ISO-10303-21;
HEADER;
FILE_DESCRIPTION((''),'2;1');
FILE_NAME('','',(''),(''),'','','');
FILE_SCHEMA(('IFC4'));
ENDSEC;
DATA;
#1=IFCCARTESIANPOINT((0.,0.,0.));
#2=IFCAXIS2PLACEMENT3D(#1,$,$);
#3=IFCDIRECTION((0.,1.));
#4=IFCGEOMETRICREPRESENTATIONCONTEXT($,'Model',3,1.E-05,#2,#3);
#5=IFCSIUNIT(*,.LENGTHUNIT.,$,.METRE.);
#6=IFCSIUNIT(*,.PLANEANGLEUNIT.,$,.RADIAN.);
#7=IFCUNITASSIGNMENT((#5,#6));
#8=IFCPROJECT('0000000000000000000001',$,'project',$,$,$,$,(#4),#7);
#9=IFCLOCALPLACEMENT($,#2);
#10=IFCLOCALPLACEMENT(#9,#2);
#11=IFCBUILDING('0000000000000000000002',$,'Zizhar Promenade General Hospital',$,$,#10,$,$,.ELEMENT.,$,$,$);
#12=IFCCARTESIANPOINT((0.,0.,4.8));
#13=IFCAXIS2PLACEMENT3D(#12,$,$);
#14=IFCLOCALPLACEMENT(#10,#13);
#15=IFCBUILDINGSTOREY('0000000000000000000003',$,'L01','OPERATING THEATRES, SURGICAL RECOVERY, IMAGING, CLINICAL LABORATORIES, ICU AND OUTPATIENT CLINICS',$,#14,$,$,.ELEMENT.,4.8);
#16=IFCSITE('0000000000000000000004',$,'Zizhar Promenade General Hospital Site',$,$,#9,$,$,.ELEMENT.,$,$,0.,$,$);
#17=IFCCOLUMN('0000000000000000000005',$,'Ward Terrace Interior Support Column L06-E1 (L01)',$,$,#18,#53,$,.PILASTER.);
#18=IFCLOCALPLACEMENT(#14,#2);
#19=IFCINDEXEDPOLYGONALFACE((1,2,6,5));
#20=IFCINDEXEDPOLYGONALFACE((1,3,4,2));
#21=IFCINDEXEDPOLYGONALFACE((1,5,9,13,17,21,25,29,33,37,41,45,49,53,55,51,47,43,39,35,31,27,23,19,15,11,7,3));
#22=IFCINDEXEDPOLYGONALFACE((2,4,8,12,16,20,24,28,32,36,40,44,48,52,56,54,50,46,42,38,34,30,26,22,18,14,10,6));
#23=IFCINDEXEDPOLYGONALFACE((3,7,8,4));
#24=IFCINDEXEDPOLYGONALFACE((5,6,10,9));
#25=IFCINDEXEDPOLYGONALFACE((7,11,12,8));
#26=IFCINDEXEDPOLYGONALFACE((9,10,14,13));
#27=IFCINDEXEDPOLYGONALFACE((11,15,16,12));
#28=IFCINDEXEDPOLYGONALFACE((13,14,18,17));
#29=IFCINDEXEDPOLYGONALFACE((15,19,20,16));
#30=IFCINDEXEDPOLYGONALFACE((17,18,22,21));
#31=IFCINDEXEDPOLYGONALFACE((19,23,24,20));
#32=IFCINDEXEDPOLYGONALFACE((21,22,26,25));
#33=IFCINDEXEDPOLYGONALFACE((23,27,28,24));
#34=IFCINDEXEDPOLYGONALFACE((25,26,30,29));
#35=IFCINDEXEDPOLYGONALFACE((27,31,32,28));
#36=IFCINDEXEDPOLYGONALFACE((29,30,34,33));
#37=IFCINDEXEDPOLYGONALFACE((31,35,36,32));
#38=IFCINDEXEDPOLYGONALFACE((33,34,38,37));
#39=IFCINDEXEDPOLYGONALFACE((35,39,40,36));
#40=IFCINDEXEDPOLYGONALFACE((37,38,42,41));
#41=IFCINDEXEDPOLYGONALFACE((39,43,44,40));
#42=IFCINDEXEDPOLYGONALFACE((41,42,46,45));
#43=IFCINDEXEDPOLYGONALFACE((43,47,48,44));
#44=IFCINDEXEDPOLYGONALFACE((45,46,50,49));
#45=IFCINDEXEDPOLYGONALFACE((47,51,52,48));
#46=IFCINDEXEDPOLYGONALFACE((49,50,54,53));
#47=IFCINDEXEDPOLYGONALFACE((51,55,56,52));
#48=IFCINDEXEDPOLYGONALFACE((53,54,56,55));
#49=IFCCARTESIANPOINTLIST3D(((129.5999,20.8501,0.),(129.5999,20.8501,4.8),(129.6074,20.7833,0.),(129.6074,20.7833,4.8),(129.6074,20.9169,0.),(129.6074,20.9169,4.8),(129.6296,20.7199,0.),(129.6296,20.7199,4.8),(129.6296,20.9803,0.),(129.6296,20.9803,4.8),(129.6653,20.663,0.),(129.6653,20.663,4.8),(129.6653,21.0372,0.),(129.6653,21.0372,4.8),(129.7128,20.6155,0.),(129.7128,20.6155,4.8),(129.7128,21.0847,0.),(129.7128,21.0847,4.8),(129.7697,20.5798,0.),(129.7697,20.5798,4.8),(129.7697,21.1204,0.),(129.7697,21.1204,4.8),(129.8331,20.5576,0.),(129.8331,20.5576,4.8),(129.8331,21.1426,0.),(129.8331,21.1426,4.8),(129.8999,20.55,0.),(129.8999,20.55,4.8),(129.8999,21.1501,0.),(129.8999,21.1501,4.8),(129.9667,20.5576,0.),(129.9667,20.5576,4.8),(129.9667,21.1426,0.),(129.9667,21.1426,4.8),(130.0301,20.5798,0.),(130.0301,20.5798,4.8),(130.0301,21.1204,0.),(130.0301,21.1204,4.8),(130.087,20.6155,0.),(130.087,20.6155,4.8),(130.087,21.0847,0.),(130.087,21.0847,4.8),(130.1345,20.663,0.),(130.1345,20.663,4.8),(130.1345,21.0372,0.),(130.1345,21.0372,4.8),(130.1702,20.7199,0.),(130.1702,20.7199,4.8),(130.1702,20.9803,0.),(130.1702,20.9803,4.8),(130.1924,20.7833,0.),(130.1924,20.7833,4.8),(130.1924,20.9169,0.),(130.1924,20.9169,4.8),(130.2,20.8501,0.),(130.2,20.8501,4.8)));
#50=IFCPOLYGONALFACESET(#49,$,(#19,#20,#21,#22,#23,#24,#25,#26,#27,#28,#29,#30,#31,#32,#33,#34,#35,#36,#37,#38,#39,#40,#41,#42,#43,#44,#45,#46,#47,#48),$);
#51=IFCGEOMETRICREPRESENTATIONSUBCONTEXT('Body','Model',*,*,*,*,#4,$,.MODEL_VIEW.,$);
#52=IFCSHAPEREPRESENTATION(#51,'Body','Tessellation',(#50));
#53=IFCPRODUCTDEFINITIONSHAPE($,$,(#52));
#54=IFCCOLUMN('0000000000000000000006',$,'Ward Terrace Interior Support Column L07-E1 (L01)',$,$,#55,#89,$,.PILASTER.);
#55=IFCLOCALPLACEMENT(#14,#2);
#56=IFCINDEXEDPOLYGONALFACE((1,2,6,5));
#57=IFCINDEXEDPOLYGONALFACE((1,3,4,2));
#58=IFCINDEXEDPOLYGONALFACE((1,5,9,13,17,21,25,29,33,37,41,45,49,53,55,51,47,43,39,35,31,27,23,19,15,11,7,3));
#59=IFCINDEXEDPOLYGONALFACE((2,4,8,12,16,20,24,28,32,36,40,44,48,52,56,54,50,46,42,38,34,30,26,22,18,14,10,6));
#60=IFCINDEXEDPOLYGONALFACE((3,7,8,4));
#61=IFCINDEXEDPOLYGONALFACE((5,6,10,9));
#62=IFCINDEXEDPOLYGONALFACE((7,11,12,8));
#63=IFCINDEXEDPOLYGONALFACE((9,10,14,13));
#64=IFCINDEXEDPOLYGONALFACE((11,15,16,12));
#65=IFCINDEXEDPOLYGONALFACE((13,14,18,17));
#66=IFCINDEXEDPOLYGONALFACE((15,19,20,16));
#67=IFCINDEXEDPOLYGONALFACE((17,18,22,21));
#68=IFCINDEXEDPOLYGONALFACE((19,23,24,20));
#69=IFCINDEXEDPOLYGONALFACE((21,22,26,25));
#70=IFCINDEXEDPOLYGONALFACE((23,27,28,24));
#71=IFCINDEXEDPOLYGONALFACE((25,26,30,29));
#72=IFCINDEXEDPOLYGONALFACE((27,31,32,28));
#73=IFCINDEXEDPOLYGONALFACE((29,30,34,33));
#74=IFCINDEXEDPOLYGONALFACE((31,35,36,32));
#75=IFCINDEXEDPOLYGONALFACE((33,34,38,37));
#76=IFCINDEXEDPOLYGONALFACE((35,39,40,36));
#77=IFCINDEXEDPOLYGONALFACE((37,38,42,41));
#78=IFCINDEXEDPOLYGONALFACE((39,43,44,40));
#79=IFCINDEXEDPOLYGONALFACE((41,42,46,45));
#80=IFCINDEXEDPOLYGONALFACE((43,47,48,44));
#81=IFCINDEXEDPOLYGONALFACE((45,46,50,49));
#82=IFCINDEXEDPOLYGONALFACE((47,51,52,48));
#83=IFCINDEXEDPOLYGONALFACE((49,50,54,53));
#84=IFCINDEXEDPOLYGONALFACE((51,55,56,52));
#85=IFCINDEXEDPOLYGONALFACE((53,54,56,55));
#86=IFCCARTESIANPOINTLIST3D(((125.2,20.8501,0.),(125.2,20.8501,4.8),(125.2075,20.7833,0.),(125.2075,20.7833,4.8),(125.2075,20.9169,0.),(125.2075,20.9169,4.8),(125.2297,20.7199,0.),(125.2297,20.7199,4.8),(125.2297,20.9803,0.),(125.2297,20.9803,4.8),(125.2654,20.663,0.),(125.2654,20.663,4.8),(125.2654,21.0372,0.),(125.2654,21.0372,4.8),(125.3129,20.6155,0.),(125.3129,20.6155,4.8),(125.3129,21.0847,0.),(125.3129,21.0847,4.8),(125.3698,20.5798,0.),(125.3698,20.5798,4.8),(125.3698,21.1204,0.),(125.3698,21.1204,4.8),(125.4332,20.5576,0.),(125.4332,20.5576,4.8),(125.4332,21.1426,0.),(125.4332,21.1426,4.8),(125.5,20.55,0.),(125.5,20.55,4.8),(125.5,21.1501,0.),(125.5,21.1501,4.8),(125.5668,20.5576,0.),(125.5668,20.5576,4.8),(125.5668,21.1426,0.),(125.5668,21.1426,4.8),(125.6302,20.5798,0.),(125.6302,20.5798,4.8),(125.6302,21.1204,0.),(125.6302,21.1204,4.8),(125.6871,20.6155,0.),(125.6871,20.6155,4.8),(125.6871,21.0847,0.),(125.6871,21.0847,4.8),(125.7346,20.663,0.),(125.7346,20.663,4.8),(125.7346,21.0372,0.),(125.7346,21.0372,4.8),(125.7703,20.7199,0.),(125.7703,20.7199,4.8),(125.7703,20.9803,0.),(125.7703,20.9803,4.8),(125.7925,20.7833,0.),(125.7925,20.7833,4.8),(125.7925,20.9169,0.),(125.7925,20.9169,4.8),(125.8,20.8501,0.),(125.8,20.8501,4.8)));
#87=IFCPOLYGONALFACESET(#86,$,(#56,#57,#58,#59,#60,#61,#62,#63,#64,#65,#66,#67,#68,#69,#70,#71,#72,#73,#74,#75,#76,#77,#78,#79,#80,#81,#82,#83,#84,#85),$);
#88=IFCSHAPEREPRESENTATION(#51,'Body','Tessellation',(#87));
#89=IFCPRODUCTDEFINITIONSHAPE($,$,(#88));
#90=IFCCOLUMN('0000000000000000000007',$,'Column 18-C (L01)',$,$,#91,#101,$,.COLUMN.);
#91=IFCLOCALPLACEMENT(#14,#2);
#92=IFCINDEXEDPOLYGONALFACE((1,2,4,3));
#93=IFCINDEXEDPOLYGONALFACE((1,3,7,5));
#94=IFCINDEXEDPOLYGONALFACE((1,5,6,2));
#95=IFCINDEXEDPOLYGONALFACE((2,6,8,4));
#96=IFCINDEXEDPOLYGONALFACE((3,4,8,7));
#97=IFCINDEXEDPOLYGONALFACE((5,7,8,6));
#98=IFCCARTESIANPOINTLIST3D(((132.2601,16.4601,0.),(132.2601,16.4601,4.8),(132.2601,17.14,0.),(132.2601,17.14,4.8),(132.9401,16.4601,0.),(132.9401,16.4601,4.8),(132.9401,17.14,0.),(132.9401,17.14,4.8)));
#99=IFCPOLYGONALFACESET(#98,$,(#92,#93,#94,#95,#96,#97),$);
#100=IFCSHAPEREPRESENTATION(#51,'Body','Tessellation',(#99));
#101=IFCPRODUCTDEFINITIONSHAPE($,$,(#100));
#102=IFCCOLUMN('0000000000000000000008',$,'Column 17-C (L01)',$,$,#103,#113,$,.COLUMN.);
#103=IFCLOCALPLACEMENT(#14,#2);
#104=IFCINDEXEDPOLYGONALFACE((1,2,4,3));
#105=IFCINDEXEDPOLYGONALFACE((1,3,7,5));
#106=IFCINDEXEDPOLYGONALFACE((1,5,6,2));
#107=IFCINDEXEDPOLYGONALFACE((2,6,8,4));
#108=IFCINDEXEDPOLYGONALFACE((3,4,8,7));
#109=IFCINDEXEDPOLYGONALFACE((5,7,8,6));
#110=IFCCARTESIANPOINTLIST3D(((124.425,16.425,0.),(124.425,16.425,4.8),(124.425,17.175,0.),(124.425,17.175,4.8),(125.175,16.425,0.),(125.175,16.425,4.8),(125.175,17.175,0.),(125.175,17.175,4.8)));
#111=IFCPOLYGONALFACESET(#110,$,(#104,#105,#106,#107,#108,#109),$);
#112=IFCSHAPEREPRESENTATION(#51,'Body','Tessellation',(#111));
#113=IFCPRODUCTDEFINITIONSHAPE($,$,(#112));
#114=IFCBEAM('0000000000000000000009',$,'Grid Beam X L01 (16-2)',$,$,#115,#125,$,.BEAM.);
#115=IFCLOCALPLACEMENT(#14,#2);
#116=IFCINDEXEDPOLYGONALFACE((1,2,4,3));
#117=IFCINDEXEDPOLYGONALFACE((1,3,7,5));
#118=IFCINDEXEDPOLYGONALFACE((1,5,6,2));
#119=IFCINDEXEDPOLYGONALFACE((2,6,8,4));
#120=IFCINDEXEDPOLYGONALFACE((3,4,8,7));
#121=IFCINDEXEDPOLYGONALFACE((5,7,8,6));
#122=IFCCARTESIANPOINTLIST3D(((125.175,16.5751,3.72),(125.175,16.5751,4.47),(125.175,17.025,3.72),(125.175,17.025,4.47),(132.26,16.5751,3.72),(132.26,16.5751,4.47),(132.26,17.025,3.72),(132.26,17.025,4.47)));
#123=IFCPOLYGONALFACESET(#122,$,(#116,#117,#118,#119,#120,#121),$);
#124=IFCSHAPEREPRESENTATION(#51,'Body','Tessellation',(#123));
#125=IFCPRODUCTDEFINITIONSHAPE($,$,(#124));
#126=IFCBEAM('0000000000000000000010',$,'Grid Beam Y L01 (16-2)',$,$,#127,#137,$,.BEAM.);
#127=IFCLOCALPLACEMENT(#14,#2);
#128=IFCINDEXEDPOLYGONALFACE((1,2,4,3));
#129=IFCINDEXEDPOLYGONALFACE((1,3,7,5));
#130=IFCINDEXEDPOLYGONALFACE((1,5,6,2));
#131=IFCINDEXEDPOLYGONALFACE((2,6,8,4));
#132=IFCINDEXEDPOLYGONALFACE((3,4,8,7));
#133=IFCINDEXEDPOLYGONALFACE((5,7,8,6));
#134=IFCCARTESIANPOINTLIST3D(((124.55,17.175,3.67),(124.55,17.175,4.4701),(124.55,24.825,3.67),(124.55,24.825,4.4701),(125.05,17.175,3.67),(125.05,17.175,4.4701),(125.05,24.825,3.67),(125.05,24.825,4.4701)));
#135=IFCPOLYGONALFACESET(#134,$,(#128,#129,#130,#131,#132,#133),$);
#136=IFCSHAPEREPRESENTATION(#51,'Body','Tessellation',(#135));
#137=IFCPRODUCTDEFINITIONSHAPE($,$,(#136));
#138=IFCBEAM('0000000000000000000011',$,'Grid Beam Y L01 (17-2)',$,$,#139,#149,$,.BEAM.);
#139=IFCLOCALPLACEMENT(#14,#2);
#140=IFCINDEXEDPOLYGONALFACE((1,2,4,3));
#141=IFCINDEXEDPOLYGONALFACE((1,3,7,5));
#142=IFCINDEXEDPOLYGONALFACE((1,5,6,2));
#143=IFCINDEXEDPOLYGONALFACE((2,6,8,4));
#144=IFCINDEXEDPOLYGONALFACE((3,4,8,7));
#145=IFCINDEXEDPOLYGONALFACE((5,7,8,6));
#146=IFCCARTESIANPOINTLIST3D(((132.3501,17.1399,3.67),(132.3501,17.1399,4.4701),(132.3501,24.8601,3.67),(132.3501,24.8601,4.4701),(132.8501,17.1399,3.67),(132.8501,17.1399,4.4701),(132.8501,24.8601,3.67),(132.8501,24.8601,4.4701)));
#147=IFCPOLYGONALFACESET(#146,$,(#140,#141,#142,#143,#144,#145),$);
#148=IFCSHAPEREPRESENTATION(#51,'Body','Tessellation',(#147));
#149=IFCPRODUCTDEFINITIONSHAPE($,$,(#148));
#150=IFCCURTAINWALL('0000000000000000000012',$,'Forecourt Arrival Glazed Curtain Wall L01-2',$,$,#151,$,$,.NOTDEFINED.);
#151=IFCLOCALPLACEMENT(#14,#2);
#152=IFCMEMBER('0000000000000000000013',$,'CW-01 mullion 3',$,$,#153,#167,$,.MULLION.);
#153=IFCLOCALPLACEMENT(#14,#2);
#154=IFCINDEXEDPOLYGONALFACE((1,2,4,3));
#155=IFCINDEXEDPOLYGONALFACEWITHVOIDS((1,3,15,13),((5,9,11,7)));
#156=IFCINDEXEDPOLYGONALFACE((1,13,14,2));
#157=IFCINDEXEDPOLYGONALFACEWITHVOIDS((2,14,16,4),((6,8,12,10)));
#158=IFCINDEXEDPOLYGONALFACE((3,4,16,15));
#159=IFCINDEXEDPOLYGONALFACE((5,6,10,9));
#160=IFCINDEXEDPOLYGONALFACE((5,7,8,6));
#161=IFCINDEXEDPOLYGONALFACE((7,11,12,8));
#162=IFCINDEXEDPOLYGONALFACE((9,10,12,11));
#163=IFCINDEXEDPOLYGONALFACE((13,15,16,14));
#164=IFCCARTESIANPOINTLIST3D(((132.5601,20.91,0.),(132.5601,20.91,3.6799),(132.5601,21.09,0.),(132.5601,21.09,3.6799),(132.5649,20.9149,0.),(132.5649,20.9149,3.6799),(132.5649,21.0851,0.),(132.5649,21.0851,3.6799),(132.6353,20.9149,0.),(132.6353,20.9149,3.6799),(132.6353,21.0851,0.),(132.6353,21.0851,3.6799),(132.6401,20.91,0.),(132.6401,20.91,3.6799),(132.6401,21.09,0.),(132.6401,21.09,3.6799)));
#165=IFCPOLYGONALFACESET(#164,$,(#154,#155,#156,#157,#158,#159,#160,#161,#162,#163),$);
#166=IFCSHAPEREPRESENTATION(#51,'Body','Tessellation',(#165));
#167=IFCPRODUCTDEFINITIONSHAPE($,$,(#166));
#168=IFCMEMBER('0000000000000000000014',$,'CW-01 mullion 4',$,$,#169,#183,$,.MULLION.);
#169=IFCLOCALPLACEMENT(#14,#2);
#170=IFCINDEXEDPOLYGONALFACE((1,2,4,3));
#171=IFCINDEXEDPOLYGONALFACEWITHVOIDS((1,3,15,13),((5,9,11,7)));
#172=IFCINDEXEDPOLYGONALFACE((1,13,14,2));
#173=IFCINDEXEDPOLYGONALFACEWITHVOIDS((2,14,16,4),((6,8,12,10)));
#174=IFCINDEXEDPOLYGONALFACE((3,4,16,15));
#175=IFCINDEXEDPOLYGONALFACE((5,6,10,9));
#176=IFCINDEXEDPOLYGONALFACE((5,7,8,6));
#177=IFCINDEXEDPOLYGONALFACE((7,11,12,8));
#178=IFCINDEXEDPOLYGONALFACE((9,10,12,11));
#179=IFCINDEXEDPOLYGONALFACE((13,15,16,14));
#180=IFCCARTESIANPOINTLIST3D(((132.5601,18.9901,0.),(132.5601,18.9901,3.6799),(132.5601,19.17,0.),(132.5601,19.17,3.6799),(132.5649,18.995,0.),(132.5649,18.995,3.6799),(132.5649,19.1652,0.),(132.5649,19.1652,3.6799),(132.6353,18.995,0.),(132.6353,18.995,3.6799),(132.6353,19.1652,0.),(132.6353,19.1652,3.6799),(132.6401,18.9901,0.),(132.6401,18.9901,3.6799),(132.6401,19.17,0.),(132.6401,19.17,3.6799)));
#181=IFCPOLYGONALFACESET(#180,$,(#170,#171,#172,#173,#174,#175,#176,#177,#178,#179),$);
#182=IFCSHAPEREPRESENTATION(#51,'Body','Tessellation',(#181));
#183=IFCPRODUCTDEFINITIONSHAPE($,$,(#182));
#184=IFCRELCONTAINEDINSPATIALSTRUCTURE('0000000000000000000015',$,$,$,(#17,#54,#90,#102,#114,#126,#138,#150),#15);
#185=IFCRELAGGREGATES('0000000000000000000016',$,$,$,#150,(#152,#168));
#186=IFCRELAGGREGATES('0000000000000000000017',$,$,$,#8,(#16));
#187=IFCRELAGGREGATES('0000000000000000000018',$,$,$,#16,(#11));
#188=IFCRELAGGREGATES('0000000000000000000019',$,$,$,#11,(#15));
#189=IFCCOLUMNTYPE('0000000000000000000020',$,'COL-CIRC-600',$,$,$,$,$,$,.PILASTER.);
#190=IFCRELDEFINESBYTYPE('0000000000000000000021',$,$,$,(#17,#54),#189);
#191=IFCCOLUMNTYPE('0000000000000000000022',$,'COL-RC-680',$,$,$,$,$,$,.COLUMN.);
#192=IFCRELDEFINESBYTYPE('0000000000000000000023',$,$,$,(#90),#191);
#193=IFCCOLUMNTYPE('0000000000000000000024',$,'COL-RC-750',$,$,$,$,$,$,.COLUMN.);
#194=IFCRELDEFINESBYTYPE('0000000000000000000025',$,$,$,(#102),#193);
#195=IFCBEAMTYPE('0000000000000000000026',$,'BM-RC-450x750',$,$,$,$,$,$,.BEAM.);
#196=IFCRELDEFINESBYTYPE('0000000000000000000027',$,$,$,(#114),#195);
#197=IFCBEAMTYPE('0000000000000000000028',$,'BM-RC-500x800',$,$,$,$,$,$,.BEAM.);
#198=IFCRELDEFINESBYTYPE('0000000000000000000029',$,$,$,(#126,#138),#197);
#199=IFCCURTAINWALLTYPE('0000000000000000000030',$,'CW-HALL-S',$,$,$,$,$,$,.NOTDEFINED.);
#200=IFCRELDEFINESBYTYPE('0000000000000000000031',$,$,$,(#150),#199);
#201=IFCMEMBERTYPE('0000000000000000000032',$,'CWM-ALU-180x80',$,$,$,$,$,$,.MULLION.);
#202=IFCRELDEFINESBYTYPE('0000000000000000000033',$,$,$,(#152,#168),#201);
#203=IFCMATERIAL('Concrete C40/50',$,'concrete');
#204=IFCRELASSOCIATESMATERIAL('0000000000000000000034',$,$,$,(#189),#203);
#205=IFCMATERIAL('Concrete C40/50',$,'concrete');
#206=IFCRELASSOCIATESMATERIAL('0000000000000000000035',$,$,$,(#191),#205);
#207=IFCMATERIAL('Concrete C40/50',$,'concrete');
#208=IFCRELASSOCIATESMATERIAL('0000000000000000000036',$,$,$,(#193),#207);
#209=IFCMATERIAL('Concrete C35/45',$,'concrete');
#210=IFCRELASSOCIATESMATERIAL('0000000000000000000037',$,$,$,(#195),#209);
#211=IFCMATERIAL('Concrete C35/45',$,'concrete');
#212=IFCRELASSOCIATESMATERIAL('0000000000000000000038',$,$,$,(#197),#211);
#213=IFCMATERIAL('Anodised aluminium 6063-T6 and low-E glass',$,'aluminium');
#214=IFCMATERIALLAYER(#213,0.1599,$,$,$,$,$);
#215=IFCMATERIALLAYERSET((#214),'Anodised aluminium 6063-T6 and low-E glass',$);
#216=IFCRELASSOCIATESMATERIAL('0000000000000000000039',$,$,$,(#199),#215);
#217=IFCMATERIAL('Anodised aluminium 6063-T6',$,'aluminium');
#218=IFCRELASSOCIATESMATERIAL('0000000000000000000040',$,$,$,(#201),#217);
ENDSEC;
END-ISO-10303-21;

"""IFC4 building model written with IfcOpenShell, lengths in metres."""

from ifc_helpers import new_model, si_unit, direction, frame, origin, origin_2d, place, context, subcontext, project, spatial, rectangle, hollow_rectangle, circle, extrude, material, layer, layer_set, material_profile, profile_set, type_object, element, aggregate, save


model = new_model("IFC4")

# Units and contexts
model_context = context("Model", 3, precision=1e-05, world=origin(), true_north=direction((0.0, 1.0)))
body_context = subcontext(model_context, "Body", "Model", "MODEL_VIEW")
ifc_project = project(units=[si_unit("LENGTHUNIT", "METRE"), si_unit("PLANEANGLEUNIT", "RADIAN")], contexts=[model_context])

# Site, building, storey
site_placement = place(None, origin())
site = spatial("IfcSite", under=ifc_project, at=site_placement, Name="Zizhar Promenade General Hospital Site", CompositionType="ELEMENT", RefElevation=0.0)
building_placement = place(site_placement, origin())
building = spatial("IfcBuilding", under=site, at=building_placement, Name="Zizhar Promenade General Hospital", CompositionType="ELEMENT")
storey_placement = place(building_placement, frame((0.0, 0.0, 4.8)))
storey = spatial("IfcBuildingStorey", under=building, at=storey_placement, Name="L01", Description="OPERATING THEATRES, SURGICAL RECOVERY, IMAGING, CLINICAL LABORATORIES, ICU AND OUTPATIENT CLINICS", CompositionType="ELEMENT", Elevation=4.8)

# Columns
ifc_material_1 = material(Name="Concrete C40/50", Category="concrete")
ifc_material_profile_1 = material_profile(ifc_material_1, circle(Radius=0.3, at=origin_2d()))
ifc_profile_set_1 = profile_set([ifc_material_profile_1], Name="Concrete C40/50")
column_type_1 = type_object("IfcColumnType", Name="COL-CIRC-600", PredefinedType="PILASTER", material=ifc_profile_set_1)
for number, where, z_axis, x_axis, name in (
    (1, (129.8999, 20.8501, 0.0), (0.0, 0.0, 1.0), (1.0, 0.0, 0.0), "Ward Terrace Interior Support Column L06-E1 (L01)"),
    (2, (125.5, 20.8501, 0.0), (0.0, 0.0, 1.0), (1.0, 0.0, 0.0), "Ward Terrace Interior Support Column L07-E1 (L01)"),
):
    element("IfcColumn", number, at=place(storey_placement, frame(where, z_axis=z_axis, x_axis=x_axis)), inside=storey, type_object=column_type_1, Name=name, PredefinedType="PILASTER", context=body_context, shape_type="SweptSolid", body=[
        extrude(circle(Radius=0.3, at=origin_2d()), origin(), (0.0, 0.0, 1.0), 4.8),
    ])
ifc_material_2 = material(Name="Concrete C40/50", Category="concrete")
ifc_material_profile_2 = material_profile(ifc_material_2, rectangle(XDim=0.6799, YDim=0.6799, at=origin_2d()))
ifc_profile_set_2 = profile_set([ifc_material_profile_2], Name="Concrete C40/50")
column_type_2 = type_object("IfcColumnType", Name="COL-RC-680", PredefinedType="COLUMN", material=ifc_profile_set_2)
column_1_placement = place(storey_placement, frame((132.6001, 16.8, 0.0), z_axis=(0.0, 0.0, 1.0), x_axis=(1.0, 0.0, 0.0)))
element("IfcColumn", 3, at=column_1_placement, inside=storey, type_object=column_type_2, Name="Column 18-C (L01)", PredefinedType="COLUMN", context=body_context, shape_type="SweptSolid", body=[
    extrude(rectangle(XDim=0.6799, YDim=0.6799, at=origin_2d()), origin(), (0.0, 0.0, 1.0), 4.8),
])
ifc_material_3 = material(Name="Concrete C40/50", Category="concrete")
ifc_material_profile_3 = material_profile(ifc_material_3, rectangle(XDim=0.75, YDim=0.75, at=origin_2d()))
ifc_profile_set_3 = profile_set([ifc_material_profile_3], Name="Concrete C40/50")
column_type_3 = type_object("IfcColumnType", Name="COL-RC-750", PredefinedType="COLUMN", material=ifc_profile_set_3)
column_2_placement = place(storey_placement, frame((124.8, 16.8, 0.0), z_axis=(0.0, 0.0, 1.0), x_axis=(1.0, 0.0, 0.0)))
element("IfcColumn", 4, at=column_2_placement, inside=storey, type_object=column_type_3, Name="Column 17-C (L01)", PredefinedType="COLUMN", context=body_context, shape_type="SweptSolid", body=[
    extrude(rectangle(XDim=0.75, YDim=0.75, at=origin_2d()), origin(), (0.0, 0.0, 1.0), 4.8),
])

# Beams
ifc_material_4 = material(Name="Concrete C35/45", Category="concrete")
ifc_material_profile_4 = material_profile(ifc_material_4, rectangle(XDim=0.45, YDim=0.75, at=origin_2d()))
ifc_profile_set_4 = profile_set([ifc_material_profile_4], Name="Concrete C35/45")
beam_type_1 = type_object("IfcBeamType", Name="BM-RC-450x750", PredefinedType="BEAM", material=ifc_profile_set_4)
beam_1_placement = place(storey_placement, frame((125.175, 16.8, 4.095), z_axis=(1.0, 0.0, 0.0), x_axis=(0.0, 1.0, 0.0)))
element("IfcBeam", 5, at=beam_1_placement, inside=storey, type_object=beam_type_1, Name="Grid Beam X L01 (16-2)", PredefinedType="BEAM", context=body_context, shape_type="SweptSolid", body=[
    extrude(rectangle(XDim=0.45, YDim=0.75, at=origin_2d()), origin(), (0.0, 0.0, 1.0), 7.085),
])
ifc_material_5 = material(Name="Concrete C35/45", Category="concrete")
ifc_material_profile_5 = material_profile(ifc_material_5, rectangle(XDim=0.5, YDim=0.8, at=origin_2d()))
ifc_profile_set_5 = profile_set([ifc_material_profile_5], Name="Concrete C35/45")
beam_type_2 = type_object("IfcBeamType", Name="BM-RC-500x800", PredefinedType="BEAM", material=ifc_profile_set_5)
beam_2_placement = place(storey_placement, frame((124.8, 17.175, 4.0701), z_axis=(0.0, 1.0, 0.0), x_axis=(-1.0, 0.0, 0.0)))
element("IfcBeam", 6, at=beam_2_placement, inside=storey, type_object=beam_type_2, Name="Grid Beam Y L01 (16-2)", PredefinedType="BEAM", context=body_context, shape_type="SweptSolid", body=[
    extrude(rectangle(XDim=0.5, YDim=0.8, at=origin_2d()), origin(), (0.0, 0.0, 1.0), 7.6499),
])
beam_3_placement = place(storey_placement, frame((132.6001, 17.1399, 4.0701), z_axis=(0.0, 1.0, 0.0), x_axis=(-1.0, 0.0, 0.0)))
element("IfcBeam", 7, at=beam_3_placement, inside=storey, type_object=beam_type_2, Name="Grid Beam Y L01 (17-2)", PredefinedType="BEAM", context=body_context, shape_type="SweptSolid", body=[
    extrude(rectangle(XDim=0.5, YDim=0.8, at=origin_2d()), origin(), (0.0, 0.0, 1.0), 7.7202),
])

# Curtain wall, members
ifc_material_6 = material(Name="Anodised aluminium 6063-T6 and low-E glass", Category="aluminium")
ifc_layer_1 = layer(ifc_material_6, 0.1599)
ifc_layer_set_1 = layer_set([ifc_layer_1], Name="Anodised aluminium 6063-T6 and low-E glass")
curtain_wall_type = type_object("IfcCurtainWallType", Name="CW-HALL-S", PredefinedType="NOTDEFINED", material=ifc_layer_set_1)
curtain_wall_placement = place(storey_placement, origin())
curtain_wall = element("IfcCurtainWall", 8, at=curtain_wall_placement, inside=storey, type_object=curtain_wall_type, Name="Forecourt Arrival Glazed Curtain Wall L01-2", PredefinedType="NOTDEFINED")
ifc_material_7 = material(Name="Anodised aluminium 6063-T6", Category="aluminium")
ifc_material_profile_6 = material_profile(ifc_material_7, hollow_rectangle(XDim=0.0801, YDim=0.1799, WallThickness=0.0049, at=origin_2d()))
ifc_profile_set_6 = profile_set([ifc_material_profile_6], Name="Anodised aluminium 6063-T6")
member_type_1 = type_object("IfcMemberType", Name="CWM-ALU-180x80", PredefinedType="MULLION", material=ifc_profile_set_6)
member_1_placement = place(storey_placement, frame((132.6001, 21.0, 0.0), z_axis=(0.0, 0.0, 1.0), x_axis=(1.0, 0.0, 0.0)))
member_1 = element("IfcMember", 9, at=member_1_placement, type_object=member_type_1, Name="CW-01 mullion 3", PredefinedType="MULLION", context=body_context, shape_type="SweptSolid", body=[
    extrude(hollow_rectangle(XDim=0.0801, YDim=0.1799, WallThickness=0.0049, at=origin_2d()), origin(), (0.0, 0.0, 1.0), 3.6799),
])
member_2_placement = place(storey_placement, frame((132.6001, 19.0801, 0.0), z_axis=(0.0, 0.0, 1.0), x_axis=(1.0, 0.0, 0.0)))
member_2 = element("IfcMember", 10, at=member_2_placement, type_object=member_type_1, Name="CW-01 mullion 4", PredefinedType="MULLION", context=body_context, shape_type="SweptSolid", body=[
    extrude(hollow_rectangle(XDim=0.0801, YDim=0.1799, WallThickness=0.0049, at=origin_2d()), origin(), (0.0, 0.0, 1.0), 3.6799),
])
aggregate(curtain_wall, [member_1, member_2])

save(model, "model.ifc")
